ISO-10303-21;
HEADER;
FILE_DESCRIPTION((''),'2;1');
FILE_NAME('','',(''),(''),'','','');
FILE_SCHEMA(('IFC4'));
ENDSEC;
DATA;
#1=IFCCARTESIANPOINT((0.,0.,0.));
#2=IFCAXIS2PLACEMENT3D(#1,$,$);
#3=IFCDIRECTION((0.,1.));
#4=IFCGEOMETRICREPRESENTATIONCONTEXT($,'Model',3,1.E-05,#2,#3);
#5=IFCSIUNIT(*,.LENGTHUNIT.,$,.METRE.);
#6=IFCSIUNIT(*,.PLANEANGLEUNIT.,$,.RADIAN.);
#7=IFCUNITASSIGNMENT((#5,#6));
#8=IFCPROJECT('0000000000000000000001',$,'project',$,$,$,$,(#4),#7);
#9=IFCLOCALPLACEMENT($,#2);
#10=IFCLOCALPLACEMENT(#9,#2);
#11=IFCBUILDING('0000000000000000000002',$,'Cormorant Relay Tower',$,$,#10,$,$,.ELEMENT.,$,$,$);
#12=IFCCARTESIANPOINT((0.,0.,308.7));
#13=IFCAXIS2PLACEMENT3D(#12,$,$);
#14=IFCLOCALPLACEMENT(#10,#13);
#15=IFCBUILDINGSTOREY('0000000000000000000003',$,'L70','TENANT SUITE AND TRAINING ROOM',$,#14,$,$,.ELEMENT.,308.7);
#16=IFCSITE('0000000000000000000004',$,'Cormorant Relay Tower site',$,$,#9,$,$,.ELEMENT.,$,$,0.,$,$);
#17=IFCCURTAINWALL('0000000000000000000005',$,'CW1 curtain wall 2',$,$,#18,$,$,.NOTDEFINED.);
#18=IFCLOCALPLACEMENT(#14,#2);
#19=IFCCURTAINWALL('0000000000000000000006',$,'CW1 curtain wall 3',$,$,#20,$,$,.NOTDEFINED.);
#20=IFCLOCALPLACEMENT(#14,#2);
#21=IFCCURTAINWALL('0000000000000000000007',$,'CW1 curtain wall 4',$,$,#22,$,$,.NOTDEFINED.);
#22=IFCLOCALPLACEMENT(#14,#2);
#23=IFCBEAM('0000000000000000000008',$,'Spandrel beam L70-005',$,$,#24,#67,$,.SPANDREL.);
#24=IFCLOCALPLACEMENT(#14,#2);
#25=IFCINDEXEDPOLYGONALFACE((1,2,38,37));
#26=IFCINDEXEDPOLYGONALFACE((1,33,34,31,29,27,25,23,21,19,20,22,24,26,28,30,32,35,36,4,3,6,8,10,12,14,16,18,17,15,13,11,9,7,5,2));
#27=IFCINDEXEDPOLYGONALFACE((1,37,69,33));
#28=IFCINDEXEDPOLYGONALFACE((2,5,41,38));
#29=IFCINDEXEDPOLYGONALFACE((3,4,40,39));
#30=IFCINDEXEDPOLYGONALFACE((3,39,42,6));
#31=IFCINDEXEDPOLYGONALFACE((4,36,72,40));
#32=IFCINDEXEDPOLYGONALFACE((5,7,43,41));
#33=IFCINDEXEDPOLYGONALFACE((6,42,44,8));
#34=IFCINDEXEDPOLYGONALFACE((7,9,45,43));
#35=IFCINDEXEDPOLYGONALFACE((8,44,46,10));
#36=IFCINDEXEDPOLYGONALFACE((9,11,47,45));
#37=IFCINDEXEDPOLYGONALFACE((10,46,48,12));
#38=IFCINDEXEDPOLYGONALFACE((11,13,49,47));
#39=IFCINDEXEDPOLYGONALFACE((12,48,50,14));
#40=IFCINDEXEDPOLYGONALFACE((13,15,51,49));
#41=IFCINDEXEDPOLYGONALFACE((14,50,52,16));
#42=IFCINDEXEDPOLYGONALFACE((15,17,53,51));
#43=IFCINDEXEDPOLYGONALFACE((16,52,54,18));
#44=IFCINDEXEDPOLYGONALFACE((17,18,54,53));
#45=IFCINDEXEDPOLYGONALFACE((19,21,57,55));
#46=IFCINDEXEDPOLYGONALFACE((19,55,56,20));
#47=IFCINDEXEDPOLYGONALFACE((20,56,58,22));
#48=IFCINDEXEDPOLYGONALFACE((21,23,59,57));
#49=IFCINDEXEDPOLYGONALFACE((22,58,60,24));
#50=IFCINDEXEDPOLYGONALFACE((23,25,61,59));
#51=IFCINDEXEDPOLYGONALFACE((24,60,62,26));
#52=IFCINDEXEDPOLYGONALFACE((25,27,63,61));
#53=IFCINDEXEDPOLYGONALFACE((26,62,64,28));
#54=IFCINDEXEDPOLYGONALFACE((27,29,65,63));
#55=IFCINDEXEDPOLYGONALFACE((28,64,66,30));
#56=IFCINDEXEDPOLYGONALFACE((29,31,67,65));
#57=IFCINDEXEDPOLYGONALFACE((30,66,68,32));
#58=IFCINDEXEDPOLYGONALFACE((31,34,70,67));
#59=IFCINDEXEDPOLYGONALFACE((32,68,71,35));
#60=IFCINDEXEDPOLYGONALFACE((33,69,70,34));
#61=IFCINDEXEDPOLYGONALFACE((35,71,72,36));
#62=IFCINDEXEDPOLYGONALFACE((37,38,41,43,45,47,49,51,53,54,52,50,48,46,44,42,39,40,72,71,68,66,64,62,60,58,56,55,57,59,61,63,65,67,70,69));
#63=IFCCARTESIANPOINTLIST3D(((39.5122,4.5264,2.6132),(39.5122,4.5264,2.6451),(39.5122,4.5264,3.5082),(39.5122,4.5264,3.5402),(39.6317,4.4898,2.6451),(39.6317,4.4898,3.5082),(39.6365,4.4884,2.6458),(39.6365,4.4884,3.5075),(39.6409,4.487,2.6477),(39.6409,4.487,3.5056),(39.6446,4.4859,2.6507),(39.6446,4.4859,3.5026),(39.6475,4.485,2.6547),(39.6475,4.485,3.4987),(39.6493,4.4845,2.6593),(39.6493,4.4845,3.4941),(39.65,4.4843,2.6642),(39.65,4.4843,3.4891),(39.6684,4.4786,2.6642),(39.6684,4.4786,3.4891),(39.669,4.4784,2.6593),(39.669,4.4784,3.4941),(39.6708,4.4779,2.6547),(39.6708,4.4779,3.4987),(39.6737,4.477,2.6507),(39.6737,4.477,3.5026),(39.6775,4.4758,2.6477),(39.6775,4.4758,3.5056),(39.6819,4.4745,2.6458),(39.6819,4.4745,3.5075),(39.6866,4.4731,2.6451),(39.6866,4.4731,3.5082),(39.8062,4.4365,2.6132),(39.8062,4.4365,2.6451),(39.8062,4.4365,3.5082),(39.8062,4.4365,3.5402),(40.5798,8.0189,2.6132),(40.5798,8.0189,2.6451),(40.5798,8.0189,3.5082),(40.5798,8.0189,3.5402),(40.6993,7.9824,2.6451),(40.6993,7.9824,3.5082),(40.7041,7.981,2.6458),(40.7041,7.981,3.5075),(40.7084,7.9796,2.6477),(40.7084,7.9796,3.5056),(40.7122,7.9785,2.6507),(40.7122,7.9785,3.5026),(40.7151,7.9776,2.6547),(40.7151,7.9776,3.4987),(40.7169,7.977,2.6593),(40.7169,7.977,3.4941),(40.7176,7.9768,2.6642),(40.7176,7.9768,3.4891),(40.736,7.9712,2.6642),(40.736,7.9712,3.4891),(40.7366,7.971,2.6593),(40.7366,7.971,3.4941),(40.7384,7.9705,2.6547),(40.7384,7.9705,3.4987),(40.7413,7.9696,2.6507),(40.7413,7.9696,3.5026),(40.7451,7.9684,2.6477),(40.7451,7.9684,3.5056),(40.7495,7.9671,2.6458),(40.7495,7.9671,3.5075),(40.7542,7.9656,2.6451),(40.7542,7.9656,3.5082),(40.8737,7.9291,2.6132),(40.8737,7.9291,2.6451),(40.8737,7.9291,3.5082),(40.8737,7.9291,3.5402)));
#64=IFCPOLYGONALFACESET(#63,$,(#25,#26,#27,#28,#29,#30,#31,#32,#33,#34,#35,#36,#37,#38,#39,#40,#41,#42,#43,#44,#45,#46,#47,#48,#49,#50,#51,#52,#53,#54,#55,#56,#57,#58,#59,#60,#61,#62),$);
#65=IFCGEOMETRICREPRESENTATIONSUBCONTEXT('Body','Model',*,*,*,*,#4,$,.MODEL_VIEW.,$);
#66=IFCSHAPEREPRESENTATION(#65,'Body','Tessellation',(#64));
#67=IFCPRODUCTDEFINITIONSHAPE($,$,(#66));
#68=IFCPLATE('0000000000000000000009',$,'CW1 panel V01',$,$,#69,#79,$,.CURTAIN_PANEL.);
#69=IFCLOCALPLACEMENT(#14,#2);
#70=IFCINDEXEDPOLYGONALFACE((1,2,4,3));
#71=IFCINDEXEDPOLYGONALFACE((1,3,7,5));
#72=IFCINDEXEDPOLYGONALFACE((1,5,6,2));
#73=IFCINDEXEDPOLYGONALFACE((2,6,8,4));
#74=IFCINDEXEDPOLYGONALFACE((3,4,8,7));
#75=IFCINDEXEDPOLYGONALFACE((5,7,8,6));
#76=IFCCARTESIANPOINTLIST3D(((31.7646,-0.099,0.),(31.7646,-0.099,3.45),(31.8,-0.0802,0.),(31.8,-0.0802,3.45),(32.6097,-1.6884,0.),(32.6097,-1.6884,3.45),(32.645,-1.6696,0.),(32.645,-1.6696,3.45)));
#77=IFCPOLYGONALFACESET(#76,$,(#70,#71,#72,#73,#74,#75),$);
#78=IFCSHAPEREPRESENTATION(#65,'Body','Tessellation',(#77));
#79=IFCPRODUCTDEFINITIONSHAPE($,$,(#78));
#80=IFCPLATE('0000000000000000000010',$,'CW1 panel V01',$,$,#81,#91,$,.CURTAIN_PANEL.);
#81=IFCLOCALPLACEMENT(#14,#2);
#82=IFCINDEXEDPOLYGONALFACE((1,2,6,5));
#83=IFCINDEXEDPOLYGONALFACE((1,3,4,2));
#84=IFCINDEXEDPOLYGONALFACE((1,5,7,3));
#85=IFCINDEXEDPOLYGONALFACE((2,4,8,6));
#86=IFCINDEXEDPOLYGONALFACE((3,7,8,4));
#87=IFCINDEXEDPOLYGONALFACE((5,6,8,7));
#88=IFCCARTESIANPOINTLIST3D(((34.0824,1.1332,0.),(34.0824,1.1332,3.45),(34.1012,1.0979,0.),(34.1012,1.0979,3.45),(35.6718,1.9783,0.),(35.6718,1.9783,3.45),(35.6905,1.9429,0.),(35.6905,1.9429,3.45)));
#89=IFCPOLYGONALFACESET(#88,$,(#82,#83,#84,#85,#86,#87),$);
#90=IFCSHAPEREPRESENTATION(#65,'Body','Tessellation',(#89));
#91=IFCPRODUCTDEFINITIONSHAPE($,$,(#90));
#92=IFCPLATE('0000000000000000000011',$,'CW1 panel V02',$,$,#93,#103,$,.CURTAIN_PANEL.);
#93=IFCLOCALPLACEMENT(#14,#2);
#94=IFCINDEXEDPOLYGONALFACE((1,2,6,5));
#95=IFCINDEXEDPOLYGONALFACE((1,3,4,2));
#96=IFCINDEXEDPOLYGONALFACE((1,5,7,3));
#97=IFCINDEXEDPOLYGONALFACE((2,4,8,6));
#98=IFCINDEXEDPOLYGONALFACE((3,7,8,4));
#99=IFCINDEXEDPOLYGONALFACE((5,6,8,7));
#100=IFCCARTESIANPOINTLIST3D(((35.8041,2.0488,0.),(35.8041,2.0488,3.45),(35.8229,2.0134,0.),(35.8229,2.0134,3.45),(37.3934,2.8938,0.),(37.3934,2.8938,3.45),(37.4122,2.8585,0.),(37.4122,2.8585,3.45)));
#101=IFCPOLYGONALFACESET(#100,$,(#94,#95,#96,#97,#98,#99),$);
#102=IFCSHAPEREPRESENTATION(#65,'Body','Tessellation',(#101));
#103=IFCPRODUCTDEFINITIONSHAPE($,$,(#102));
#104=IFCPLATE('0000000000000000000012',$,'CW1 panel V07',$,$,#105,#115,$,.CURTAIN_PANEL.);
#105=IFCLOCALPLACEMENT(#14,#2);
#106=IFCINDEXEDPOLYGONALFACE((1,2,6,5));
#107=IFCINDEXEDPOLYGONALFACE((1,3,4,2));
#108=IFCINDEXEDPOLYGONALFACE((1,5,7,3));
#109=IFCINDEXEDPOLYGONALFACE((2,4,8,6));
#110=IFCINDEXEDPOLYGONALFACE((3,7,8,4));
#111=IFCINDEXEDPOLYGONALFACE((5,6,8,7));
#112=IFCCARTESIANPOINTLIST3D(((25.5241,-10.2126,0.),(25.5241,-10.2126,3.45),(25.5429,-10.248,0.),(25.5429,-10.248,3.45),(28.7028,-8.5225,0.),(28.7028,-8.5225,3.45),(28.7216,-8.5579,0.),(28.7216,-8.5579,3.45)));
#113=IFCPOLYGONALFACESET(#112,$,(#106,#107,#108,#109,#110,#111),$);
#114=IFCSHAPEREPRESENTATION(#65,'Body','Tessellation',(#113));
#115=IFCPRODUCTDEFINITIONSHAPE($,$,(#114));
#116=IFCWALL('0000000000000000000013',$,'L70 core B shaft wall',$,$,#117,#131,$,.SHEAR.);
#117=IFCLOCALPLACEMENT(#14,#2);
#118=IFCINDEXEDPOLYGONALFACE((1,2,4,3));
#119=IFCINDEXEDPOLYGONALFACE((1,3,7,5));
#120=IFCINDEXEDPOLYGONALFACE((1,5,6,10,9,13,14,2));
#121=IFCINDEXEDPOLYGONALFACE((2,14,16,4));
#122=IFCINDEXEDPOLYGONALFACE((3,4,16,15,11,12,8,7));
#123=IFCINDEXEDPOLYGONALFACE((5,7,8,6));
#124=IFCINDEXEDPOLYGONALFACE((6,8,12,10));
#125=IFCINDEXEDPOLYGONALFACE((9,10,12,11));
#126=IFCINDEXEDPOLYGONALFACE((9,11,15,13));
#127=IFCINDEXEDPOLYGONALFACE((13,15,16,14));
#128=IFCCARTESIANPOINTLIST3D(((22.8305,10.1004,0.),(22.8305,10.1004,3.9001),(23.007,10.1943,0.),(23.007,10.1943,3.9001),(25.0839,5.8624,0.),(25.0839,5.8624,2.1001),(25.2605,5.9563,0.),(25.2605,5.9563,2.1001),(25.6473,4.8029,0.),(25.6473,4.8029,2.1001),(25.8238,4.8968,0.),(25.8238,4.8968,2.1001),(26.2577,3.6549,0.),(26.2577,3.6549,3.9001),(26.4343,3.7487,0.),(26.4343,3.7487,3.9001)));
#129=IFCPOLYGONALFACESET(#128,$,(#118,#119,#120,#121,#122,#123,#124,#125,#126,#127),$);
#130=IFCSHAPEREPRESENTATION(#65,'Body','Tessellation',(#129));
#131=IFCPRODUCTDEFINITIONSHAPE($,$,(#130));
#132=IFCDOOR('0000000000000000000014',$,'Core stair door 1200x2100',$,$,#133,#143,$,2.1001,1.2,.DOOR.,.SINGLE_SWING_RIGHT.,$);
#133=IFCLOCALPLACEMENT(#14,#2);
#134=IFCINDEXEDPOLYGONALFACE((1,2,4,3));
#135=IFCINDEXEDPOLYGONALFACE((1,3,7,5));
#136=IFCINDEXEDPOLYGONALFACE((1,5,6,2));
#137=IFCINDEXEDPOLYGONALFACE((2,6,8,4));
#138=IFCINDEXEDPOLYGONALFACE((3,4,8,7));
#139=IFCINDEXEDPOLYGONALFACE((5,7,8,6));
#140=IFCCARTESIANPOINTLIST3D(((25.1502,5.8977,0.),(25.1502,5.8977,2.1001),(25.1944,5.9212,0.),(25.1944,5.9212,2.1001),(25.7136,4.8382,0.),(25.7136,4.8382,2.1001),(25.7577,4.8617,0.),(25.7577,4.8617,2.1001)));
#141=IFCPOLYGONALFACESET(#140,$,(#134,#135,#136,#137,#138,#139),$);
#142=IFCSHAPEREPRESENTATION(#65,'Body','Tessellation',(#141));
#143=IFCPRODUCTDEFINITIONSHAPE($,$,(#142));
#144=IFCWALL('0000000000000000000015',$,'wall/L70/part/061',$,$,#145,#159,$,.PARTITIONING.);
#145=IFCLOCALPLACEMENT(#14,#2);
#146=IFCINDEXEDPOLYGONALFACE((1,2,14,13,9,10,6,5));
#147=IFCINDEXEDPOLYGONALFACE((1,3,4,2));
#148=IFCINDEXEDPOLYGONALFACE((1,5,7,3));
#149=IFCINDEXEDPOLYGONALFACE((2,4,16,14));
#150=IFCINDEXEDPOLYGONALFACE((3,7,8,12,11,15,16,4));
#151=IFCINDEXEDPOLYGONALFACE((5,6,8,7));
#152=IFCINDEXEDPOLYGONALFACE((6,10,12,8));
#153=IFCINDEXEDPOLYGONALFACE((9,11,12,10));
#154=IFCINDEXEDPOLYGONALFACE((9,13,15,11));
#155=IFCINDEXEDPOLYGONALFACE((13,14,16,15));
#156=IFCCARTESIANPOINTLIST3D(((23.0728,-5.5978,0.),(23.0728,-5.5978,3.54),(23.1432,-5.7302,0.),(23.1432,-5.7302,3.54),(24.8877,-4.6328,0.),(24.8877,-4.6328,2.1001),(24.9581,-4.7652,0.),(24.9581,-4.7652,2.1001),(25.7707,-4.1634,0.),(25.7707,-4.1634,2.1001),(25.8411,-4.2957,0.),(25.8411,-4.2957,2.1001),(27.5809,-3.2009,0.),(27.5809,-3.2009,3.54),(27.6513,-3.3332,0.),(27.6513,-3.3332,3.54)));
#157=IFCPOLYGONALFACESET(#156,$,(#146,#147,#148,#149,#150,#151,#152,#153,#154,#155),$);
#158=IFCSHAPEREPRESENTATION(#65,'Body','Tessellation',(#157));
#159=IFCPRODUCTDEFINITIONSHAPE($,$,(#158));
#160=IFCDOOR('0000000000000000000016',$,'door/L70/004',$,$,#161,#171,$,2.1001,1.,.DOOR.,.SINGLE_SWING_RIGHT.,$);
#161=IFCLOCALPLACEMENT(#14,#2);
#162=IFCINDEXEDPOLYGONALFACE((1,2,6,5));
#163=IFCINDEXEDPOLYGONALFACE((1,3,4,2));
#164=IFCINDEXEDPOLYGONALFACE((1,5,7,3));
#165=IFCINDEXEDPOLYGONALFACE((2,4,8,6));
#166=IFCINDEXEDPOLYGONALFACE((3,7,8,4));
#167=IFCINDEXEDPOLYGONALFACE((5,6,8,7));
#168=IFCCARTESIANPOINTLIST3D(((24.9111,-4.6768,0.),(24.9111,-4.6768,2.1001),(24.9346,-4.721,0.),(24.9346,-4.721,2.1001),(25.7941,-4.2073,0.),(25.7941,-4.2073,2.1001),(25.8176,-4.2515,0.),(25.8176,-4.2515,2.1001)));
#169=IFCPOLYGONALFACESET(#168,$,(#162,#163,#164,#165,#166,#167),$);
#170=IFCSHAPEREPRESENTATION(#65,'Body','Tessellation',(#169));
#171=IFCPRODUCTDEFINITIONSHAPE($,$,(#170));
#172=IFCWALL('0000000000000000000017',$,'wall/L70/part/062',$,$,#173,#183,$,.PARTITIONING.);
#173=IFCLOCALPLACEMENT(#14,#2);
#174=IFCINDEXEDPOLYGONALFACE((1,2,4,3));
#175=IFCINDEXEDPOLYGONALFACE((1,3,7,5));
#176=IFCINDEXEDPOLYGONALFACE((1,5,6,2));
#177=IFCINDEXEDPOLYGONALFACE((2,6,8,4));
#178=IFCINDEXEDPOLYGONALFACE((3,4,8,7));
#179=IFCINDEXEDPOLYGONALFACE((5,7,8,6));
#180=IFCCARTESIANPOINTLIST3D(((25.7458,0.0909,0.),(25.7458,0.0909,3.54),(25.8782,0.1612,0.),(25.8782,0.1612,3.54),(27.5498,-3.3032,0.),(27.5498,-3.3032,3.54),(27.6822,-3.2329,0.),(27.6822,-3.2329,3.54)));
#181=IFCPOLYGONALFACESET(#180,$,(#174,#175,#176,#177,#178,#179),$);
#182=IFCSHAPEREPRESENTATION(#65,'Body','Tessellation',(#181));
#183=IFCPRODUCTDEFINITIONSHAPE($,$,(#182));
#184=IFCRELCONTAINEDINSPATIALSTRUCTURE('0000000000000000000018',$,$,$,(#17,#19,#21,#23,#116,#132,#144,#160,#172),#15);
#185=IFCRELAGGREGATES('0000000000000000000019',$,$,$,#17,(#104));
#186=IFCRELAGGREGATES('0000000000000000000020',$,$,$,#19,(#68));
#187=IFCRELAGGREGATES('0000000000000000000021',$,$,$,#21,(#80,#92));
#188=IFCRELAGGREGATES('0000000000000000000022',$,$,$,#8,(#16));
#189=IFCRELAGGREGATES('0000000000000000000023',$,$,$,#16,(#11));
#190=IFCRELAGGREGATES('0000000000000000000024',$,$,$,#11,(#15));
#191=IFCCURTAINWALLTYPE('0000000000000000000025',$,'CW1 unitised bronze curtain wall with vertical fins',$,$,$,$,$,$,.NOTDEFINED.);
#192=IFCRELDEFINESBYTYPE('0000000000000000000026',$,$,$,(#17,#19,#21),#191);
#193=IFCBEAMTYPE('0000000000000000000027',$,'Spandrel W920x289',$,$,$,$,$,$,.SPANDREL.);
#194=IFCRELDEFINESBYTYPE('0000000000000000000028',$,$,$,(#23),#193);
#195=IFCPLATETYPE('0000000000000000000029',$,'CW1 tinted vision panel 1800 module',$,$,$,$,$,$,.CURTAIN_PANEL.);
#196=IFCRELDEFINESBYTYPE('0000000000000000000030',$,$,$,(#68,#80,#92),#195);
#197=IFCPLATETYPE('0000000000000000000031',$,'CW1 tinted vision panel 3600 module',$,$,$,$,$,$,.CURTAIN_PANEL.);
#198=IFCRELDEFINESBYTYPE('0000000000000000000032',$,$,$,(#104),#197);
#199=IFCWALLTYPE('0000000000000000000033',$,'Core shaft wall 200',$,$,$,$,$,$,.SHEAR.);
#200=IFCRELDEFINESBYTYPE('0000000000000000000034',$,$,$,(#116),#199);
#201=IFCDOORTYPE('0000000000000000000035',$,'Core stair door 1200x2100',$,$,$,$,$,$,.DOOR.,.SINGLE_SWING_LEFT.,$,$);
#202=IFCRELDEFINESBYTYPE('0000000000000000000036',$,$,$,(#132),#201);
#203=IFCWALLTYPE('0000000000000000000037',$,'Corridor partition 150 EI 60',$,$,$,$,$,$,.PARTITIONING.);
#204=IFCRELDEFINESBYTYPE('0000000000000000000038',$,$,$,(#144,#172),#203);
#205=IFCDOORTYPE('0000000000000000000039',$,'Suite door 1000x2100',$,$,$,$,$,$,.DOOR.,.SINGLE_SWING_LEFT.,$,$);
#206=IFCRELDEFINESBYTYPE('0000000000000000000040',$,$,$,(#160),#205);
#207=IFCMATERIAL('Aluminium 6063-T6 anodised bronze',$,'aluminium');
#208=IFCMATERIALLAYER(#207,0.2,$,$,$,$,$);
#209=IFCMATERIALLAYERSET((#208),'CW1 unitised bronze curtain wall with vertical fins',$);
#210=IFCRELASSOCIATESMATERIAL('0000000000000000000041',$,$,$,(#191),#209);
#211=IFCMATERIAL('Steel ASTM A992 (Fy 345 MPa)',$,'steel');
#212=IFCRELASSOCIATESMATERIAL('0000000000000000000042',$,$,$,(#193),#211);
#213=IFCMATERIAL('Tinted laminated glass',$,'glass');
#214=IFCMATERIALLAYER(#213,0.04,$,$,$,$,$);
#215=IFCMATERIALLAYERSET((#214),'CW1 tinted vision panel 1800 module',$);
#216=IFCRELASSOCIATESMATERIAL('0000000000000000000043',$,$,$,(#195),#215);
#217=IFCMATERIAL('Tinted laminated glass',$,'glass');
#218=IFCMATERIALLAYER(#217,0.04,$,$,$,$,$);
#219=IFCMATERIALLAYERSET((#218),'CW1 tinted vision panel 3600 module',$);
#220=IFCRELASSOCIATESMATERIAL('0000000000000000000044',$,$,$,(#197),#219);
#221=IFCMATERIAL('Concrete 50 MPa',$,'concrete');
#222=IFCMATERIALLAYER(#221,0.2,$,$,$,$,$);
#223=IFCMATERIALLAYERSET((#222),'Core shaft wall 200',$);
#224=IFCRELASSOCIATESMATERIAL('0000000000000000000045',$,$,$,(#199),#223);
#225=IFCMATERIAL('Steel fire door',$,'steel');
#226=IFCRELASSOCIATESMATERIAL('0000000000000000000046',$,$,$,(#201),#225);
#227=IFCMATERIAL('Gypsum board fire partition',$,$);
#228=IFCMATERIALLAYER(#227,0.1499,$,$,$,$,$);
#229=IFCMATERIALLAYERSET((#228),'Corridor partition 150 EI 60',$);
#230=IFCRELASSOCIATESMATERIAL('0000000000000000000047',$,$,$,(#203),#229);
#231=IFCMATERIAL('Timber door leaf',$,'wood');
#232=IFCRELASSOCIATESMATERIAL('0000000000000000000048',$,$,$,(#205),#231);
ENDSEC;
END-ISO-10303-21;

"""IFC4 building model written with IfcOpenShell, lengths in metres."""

from ifc_helpers import new_model, si_unit, direction, frame, frame_2d, origin, origin_2d, place, context, subcontext, project, spatial, rectangle, i_section, extrude, material, layer, layer_set, material_profile, profile_set, type_object, element, fill, aggregate, save


model = new_model("IFC4")

# Units and contexts
model_context = context("Model", 3, precision=1e-05, world=origin(), true_north=direction((0.0, 1.0)))
body_context = subcontext(model_context, "Body", "Model", "MODEL_VIEW")
ifc_project = project(units=[si_unit("LENGTHUNIT", "METRE"), si_unit("PLANEANGLEUNIT", "RADIAN")], contexts=[model_context])

# Site, building, storey
site_placement = place(None, origin())
site = spatial("IfcSite", under=ifc_project, at=site_placement, Name="Cormorant Relay Tower site", CompositionType="ELEMENT", RefElevation=0.0)
building_placement = place(site_placement, origin())
building = spatial("IfcBuilding", under=site, at=building_placement, Name="Cormorant Relay Tower", CompositionType="ELEMENT")
storey_placement = place(building_placement, frame((0.0, 0.0, 308.7)))
storey = spatial("IfcBuildingStorey", under=building, at=storey_placement, Name="L70", Description="TENANT SUITE AND TRAINING ROOM", CompositionType="ELEMENT", Elevation=308.7)

# Curtain walls
ifc_material_1 = material(Name="Aluminium 6063-T6 anodised bronze", Category="aluminium")
ifc_layer_1 = layer(ifc_material_1, 0.2)
ifc_layer_set_1 = layer_set([ifc_layer_1], Name="CW1 unitised bronze curtain wall with vertical fins")
curtain_wall_type = type_object("IfcCurtainWallType", Name="CW1 unitised bronze curtain wall with vertical fins", PredefinedType="NOTDEFINED", material=ifc_layer_set_1)
curtain_wall_1_placement = place(storey_placement, origin())
curtain_wall_1 = element("IfcCurtainWall", 1, at=curtain_wall_1_placement, inside=storey, type_object=curtain_wall_type, Name="CW1 curtain wall 2", PredefinedType="NOTDEFINED")
curtain_wall_2_placement = place(storey_placement, origin())
curtain_wall_2 = element("IfcCurtainWall", 2, at=curtain_wall_2_placement, inside=storey, type_object=curtain_wall_type, Name="CW1 curtain wall 3", PredefinedType="NOTDEFINED")

# Curtain wall
curtain_wall_3_placement = place(storey_placement, origin())
curtain_wall_3 = element("IfcCurtainWall", 3, at=curtain_wall_3_placement, inside=storey, type_object=curtain_wall_type, Name="CW1 curtain wall 4", PredefinedType="NOTDEFINED")

# Beam
ifc_material_2 = material(Name="Steel ASTM A992 (Fy 345 MPa)", Category="steel")
ifc_material_profile_1 = material_profile(ifc_material_2, i_section(OverallWidth=0.3074, OverallDepth=0.927, WebThickness=0.0193, FlangeThickness=0.032, FilletRadius=0.019, at=origin_2d()), Name="W920x289")
ifc_profile_set_1 = profile_set([ifc_material_profile_1], Name="Steel ASTM A992 (Fy 345 MPa)")
beam_type = type_object("IfcBeamType", Name="Spandrel W920x289", PredefinedType="SPANDREL", material=ifc_profile_set_1)
beam_1_placement = place(storey_placement, frame((39.6592, 4.4814, 3.0767), z_axis=(0.292324, 0.956319, 0.0), x_axis=(-0.956319, 0.292324, 0.0)))
element("IfcBeam", 4, at=beam_1_placement, inside=storey, type_object=beam_type, Name="Spandrel beam L70-005", PredefinedType="SPANDREL", context=body_context, shape_type="SweptSolid", body=[
    extrude(i_section(OverallWidth=0.3074, OverallDepth=0.927, WebThickness=0.0193, FlangeThickness=0.032, FilletRadius=0.019, at=origin_2d()), origin(), (0.0, 0.0, 1.0), 3.6521),
])

# Plates
ifc_material_3 = material(Name="Tinted laminated glass", Category="glass")
ifc_layer_2 = layer(ifc_material_3, 0.04)
ifc_layer_set_2 = layer_set([ifc_layer_2], Name="CW1 tinted vision panel 1800 module")
plate_type_1 = type_object("IfcPlateType", Name="CW1 tinted vision panel 1800 module", PredefinedType="CURTAIN_PANEL", material=ifc_layer_set_2)
plate_1_placement = place(storey_placement, frame((32.2048, -0.8843, 0.0), z_axis=(0.0, 0.0, 1.0), x_axis=(-0.469472, 0.882948, 0.0)))
plate_1 = element("IfcPlate", 5, at=plate_1_placement, type_object=plate_type_1, Name="CW1 panel V01", PredefinedType="CURTAIN_PANEL", context=body_context, shape_type="SweptSolid", body=[
    extrude(rectangle(XDim=1.8, YDim=0.04, at=origin_2d()), origin(), (0.0, 0.0, 1.0), 3.45),
])
plate_2_placement = place(storey_placement, frame((34.8865, 1.5381, 0.0), z_axis=(0.0, 0.0, 1.0), x_axis=(0.882948, 0.469472, 0.0)))
plate_2 = element("IfcPlate", 6, at=plate_2_placement, type_object=plate_type_1, Name="CW1 panel V01", PredefinedType="CURTAIN_PANEL", context=body_context, shape_type="SweptSolid", body=[
    extrude(rectangle(XDim=1.8, YDim=0.04, at=origin_2d()), origin(), (0.0, 0.0, 1.0), 3.45),
])
plate_3_placement = place(storey_placement, frame((36.6082, 2.4536, 0.0), z_axis=(0.0, 0.0, 1.0), x_axis=(0.882948, 0.469472, 0.0)))
plate_3 = element("IfcPlate", 7, at=plate_3_placement, type_object=plate_type_1, Name="CW1 panel V02", PredefinedType="CURTAIN_PANEL", context=body_context, shape_type="SweptSolid", body=[
    extrude(rectangle(XDim=1.8, YDim=0.04, at=origin_2d()), origin(), (0.0, 0.0, 1.0), 3.45),
])
ifc_material_4 = material(Name="Tinted laminated glass", Category="glass")
ifc_layer_3 = layer(ifc_material_4, 0.04)
ifc_layer_set_3 = layer_set([ifc_layer_3], Name="CW1 tinted vision panel 3600 module")
plate_type_2 = type_object("IfcPlateType", Name="CW1 tinted vision panel 3600 module", PredefinedType="CURTAIN_PANEL", material=ifc_layer_set_3)
plate_4_placement = place(storey_placement, frame((27.1228, -9.3853, 0.0), z_axis=(0.0, 0.0, 1.0), x_axis=(0.882948, 0.469472, 0.0)))
plate_4 = element("IfcPlate", 8, at=plate_4_placement, type_object=plate_type_2, Name="CW1 panel V07", PredefinedType="CURTAIN_PANEL", context=body_context, shape_type="SweptSolid", body=[
    extrude(rectangle(XDim=3.6001, YDim=0.04, at=origin_2d()), origin(), (0.0, 0.0, 1.0), 3.45),
])

# Walls, openings, doors
ifc_material_5 = material(Name="Concrete 50 MPa", Category="concrete")
ifc_layer_4 = layer(ifc_material_5, 0.2)
ifc_layer_set_4 = layer_set([ifc_layer_4], Name="Core shaft wall 200")
wall_type_1 = type_object("IfcWallType", Name="Core shaft wall 200", PredefinedType="SHEAR", material=ifc_layer_set_4)
wall_1_placement = place(storey_placement, frame((26.3459, 3.7019, 0.0), z_axis=(0.0, 0.0, 1.0), x_axis=(-0.46948, 0.882943, 0.0)))
wall_1 = element("IfcWall", 9, at=wall_1_placement, inside=storey, type_object=wall_type_1, Name="L70 core B shaft wall", PredefinedType="SHEAR", context=body_context, shape_type="SweptSolid", body=[
    extrude(rectangle(XDim=7.3, YDim=0.2, at=frame_2d((3.6499, 0.0))), origin(), (0.0, 0.0, 1.0), 3.9001),
])
opening_1_placement = place(wall_1_placement, frame((1.3, 0.0, 0.0)))
opening_1 = element("IfcOpeningElement", 10, at=opening_1_placement, cuts=wall_1, PredefinedType="OPENING", context=body_context, shape_type="SweptSolid", body=[
    extrude(rectangle(XDim=1.2, YDim=2.1001, at=frame_2d((0.6001, 1.05))), frame((0.0, 0.1099, 0.0), z_axis=(0.0, -1.0, 0.0), x_axis=(1.0, 0.0, 0.0)), (0.0, 0.0, 1.0), 0.22),
])
ifc_material_6 = material(Name="Steel fire door", Category="steel")
door_type_1 = type_object("IfcDoorType", Name="Core stair door 1200x2100", OperationType="SINGLE_SWING_LEFT", PredefinedType="DOOR", material=ifc_material_6)
door_1_placement = place(opening_1_placement, origin())
door_1 = element("IfcDoor", 11, at=door_1_placement, inside=storey, type_object=door_type_1, Name="Core stair door 1200x2100", OperationType="SINGLE_SWING_RIGHT", OverallHeight=2.1001, OverallWidth=1.2, PredefinedType="DOOR", context=body_context, shape_type="SweptSolid", body=[
    extrude(rectangle(XDim=1.2, YDim=2.1001, at=frame_2d((0.6001, 1.05))), frame((0.0, 0.0249, 0.0), z_axis=(0.0, -1.0, 0.0), x_axis=(1.0, 0.0, 0.0)), (0.0, 0.0, 1.0), 0.05),
])
fill(opening_1, door_1)
ifc_material_7 = material(Name="Gypsum board fire partition")
ifc_layer_5 = layer(ifc_material_7, 0.1499)
ifc_layer_set_5 = layer_set([ifc_layer_5], Name="Corridor partition 150 EI 60")
wall_type_2 = type_object("IfcWallType", Name="Corridor partition 150 EI 60", PredefinedType="PARTITIONING", material=ifc_layer_set_5)
wall_2_placement = place(storey_placement, frame((27.616, -3.2671, 0.0), z_axis=(0.0, 0.0, 1.0), x_axis=(-0.882948, -0.469471, 0.0)))
wall_2 = element("IfcWall", 12, at=wall_2_placement, inside=storey, type_object=wall_type_2, Name="wall/L70/part/061", PredefinedType="PARTITIONING", context=body_context, shape_type="SweptSolid", body=[
    extrude(rectangle(XDim=5.1057, YDim=0.1499, at=frame_2d((2.5527, 0.0))), origin(), (0.0, 0.0, 1.0), 3.54),
])
opening_2_placement = place(wall_2_placement, frame((2.05, 0.0, 0.0)))
opening_2 = element("IfcOpeningElement", 13, at=opening_2_placement, cuts=wall_2, PredefinedType="OPENING", context=body_context, shape_type="SweptSolid", body=[
    extrude(rectangle(XDim=1.0, YDim=2.1001, at=frame_2d((0.5, 1.05))), frame((0.0, 0.085, 0.0), z_axis=(0.0, -1.0, 0.0), x_axis=(1.0, 0.0, 0.0)), (0.0, 0.0, 1.0), 0.1699),
])
ifc_material_8 = material(Name="Timber door leaf", Category="wood")
door_type_2 = type_object("IfcDoorType", Name="Suite door 1000x2100", OperationType="SINGLE_SWING_LEFT", PredefinedType="DOOR", material=ifc_material_8)
door_2_placement = place(opening_2_placement, origin())
door_2 = element("IfcDoor", 14, at=door_2_placement, inside=storey, type_object=door_type_2, Name="door/L70/004", OperationType="SINGLE_SWING_RIGHT", OverallHeight=2.1001, OverallWidth=1.0, PredefinedType="DOOR", context=body_context, shape_type="SweptSolid", body=[
    extrude(rectangle(XDim=1.0, YDim=2.1001, at=frame_2d((0.5, 1.05))), frame((0.0, 0.0249, 0.0), z_axis=(0.0, -1.0, 0.0), x_axis=(1.0, 0.0, 0.0)), (0.0, 0.0, 1.0), 0.05),
])
fill(opening_2, door_2)

# Wall
wall_3_placement = place(storey_placement, frame((27.616, -3.2681, 0.0), z_axis=(0.0, 0.0, 1.0), x_axis=(-0.469332, 0.883022, 0.0)))
element("IfcWall", 15, at=wall_3_placement, inside=storey, type_object=wall_type_2, Name="wall/L70/part/062", PredefinedType="PARTITIONING", context=body_context, shape_type="SweptSolid", body=[
    extrude(rectangle(XDim=3.8438, YDim=0.1499, at=frame_2d((1.9219, 0.0))), origin(), (0.0, 0.0, 1.0), 3.54),
])

aggregate(curtain_wall_1, [plate_4])
aggregate(curtain_wall_2, [plate_1])
aggregate(curtain_wall_3, [plate_2, plate_3])

save(model, "model.ifc")
